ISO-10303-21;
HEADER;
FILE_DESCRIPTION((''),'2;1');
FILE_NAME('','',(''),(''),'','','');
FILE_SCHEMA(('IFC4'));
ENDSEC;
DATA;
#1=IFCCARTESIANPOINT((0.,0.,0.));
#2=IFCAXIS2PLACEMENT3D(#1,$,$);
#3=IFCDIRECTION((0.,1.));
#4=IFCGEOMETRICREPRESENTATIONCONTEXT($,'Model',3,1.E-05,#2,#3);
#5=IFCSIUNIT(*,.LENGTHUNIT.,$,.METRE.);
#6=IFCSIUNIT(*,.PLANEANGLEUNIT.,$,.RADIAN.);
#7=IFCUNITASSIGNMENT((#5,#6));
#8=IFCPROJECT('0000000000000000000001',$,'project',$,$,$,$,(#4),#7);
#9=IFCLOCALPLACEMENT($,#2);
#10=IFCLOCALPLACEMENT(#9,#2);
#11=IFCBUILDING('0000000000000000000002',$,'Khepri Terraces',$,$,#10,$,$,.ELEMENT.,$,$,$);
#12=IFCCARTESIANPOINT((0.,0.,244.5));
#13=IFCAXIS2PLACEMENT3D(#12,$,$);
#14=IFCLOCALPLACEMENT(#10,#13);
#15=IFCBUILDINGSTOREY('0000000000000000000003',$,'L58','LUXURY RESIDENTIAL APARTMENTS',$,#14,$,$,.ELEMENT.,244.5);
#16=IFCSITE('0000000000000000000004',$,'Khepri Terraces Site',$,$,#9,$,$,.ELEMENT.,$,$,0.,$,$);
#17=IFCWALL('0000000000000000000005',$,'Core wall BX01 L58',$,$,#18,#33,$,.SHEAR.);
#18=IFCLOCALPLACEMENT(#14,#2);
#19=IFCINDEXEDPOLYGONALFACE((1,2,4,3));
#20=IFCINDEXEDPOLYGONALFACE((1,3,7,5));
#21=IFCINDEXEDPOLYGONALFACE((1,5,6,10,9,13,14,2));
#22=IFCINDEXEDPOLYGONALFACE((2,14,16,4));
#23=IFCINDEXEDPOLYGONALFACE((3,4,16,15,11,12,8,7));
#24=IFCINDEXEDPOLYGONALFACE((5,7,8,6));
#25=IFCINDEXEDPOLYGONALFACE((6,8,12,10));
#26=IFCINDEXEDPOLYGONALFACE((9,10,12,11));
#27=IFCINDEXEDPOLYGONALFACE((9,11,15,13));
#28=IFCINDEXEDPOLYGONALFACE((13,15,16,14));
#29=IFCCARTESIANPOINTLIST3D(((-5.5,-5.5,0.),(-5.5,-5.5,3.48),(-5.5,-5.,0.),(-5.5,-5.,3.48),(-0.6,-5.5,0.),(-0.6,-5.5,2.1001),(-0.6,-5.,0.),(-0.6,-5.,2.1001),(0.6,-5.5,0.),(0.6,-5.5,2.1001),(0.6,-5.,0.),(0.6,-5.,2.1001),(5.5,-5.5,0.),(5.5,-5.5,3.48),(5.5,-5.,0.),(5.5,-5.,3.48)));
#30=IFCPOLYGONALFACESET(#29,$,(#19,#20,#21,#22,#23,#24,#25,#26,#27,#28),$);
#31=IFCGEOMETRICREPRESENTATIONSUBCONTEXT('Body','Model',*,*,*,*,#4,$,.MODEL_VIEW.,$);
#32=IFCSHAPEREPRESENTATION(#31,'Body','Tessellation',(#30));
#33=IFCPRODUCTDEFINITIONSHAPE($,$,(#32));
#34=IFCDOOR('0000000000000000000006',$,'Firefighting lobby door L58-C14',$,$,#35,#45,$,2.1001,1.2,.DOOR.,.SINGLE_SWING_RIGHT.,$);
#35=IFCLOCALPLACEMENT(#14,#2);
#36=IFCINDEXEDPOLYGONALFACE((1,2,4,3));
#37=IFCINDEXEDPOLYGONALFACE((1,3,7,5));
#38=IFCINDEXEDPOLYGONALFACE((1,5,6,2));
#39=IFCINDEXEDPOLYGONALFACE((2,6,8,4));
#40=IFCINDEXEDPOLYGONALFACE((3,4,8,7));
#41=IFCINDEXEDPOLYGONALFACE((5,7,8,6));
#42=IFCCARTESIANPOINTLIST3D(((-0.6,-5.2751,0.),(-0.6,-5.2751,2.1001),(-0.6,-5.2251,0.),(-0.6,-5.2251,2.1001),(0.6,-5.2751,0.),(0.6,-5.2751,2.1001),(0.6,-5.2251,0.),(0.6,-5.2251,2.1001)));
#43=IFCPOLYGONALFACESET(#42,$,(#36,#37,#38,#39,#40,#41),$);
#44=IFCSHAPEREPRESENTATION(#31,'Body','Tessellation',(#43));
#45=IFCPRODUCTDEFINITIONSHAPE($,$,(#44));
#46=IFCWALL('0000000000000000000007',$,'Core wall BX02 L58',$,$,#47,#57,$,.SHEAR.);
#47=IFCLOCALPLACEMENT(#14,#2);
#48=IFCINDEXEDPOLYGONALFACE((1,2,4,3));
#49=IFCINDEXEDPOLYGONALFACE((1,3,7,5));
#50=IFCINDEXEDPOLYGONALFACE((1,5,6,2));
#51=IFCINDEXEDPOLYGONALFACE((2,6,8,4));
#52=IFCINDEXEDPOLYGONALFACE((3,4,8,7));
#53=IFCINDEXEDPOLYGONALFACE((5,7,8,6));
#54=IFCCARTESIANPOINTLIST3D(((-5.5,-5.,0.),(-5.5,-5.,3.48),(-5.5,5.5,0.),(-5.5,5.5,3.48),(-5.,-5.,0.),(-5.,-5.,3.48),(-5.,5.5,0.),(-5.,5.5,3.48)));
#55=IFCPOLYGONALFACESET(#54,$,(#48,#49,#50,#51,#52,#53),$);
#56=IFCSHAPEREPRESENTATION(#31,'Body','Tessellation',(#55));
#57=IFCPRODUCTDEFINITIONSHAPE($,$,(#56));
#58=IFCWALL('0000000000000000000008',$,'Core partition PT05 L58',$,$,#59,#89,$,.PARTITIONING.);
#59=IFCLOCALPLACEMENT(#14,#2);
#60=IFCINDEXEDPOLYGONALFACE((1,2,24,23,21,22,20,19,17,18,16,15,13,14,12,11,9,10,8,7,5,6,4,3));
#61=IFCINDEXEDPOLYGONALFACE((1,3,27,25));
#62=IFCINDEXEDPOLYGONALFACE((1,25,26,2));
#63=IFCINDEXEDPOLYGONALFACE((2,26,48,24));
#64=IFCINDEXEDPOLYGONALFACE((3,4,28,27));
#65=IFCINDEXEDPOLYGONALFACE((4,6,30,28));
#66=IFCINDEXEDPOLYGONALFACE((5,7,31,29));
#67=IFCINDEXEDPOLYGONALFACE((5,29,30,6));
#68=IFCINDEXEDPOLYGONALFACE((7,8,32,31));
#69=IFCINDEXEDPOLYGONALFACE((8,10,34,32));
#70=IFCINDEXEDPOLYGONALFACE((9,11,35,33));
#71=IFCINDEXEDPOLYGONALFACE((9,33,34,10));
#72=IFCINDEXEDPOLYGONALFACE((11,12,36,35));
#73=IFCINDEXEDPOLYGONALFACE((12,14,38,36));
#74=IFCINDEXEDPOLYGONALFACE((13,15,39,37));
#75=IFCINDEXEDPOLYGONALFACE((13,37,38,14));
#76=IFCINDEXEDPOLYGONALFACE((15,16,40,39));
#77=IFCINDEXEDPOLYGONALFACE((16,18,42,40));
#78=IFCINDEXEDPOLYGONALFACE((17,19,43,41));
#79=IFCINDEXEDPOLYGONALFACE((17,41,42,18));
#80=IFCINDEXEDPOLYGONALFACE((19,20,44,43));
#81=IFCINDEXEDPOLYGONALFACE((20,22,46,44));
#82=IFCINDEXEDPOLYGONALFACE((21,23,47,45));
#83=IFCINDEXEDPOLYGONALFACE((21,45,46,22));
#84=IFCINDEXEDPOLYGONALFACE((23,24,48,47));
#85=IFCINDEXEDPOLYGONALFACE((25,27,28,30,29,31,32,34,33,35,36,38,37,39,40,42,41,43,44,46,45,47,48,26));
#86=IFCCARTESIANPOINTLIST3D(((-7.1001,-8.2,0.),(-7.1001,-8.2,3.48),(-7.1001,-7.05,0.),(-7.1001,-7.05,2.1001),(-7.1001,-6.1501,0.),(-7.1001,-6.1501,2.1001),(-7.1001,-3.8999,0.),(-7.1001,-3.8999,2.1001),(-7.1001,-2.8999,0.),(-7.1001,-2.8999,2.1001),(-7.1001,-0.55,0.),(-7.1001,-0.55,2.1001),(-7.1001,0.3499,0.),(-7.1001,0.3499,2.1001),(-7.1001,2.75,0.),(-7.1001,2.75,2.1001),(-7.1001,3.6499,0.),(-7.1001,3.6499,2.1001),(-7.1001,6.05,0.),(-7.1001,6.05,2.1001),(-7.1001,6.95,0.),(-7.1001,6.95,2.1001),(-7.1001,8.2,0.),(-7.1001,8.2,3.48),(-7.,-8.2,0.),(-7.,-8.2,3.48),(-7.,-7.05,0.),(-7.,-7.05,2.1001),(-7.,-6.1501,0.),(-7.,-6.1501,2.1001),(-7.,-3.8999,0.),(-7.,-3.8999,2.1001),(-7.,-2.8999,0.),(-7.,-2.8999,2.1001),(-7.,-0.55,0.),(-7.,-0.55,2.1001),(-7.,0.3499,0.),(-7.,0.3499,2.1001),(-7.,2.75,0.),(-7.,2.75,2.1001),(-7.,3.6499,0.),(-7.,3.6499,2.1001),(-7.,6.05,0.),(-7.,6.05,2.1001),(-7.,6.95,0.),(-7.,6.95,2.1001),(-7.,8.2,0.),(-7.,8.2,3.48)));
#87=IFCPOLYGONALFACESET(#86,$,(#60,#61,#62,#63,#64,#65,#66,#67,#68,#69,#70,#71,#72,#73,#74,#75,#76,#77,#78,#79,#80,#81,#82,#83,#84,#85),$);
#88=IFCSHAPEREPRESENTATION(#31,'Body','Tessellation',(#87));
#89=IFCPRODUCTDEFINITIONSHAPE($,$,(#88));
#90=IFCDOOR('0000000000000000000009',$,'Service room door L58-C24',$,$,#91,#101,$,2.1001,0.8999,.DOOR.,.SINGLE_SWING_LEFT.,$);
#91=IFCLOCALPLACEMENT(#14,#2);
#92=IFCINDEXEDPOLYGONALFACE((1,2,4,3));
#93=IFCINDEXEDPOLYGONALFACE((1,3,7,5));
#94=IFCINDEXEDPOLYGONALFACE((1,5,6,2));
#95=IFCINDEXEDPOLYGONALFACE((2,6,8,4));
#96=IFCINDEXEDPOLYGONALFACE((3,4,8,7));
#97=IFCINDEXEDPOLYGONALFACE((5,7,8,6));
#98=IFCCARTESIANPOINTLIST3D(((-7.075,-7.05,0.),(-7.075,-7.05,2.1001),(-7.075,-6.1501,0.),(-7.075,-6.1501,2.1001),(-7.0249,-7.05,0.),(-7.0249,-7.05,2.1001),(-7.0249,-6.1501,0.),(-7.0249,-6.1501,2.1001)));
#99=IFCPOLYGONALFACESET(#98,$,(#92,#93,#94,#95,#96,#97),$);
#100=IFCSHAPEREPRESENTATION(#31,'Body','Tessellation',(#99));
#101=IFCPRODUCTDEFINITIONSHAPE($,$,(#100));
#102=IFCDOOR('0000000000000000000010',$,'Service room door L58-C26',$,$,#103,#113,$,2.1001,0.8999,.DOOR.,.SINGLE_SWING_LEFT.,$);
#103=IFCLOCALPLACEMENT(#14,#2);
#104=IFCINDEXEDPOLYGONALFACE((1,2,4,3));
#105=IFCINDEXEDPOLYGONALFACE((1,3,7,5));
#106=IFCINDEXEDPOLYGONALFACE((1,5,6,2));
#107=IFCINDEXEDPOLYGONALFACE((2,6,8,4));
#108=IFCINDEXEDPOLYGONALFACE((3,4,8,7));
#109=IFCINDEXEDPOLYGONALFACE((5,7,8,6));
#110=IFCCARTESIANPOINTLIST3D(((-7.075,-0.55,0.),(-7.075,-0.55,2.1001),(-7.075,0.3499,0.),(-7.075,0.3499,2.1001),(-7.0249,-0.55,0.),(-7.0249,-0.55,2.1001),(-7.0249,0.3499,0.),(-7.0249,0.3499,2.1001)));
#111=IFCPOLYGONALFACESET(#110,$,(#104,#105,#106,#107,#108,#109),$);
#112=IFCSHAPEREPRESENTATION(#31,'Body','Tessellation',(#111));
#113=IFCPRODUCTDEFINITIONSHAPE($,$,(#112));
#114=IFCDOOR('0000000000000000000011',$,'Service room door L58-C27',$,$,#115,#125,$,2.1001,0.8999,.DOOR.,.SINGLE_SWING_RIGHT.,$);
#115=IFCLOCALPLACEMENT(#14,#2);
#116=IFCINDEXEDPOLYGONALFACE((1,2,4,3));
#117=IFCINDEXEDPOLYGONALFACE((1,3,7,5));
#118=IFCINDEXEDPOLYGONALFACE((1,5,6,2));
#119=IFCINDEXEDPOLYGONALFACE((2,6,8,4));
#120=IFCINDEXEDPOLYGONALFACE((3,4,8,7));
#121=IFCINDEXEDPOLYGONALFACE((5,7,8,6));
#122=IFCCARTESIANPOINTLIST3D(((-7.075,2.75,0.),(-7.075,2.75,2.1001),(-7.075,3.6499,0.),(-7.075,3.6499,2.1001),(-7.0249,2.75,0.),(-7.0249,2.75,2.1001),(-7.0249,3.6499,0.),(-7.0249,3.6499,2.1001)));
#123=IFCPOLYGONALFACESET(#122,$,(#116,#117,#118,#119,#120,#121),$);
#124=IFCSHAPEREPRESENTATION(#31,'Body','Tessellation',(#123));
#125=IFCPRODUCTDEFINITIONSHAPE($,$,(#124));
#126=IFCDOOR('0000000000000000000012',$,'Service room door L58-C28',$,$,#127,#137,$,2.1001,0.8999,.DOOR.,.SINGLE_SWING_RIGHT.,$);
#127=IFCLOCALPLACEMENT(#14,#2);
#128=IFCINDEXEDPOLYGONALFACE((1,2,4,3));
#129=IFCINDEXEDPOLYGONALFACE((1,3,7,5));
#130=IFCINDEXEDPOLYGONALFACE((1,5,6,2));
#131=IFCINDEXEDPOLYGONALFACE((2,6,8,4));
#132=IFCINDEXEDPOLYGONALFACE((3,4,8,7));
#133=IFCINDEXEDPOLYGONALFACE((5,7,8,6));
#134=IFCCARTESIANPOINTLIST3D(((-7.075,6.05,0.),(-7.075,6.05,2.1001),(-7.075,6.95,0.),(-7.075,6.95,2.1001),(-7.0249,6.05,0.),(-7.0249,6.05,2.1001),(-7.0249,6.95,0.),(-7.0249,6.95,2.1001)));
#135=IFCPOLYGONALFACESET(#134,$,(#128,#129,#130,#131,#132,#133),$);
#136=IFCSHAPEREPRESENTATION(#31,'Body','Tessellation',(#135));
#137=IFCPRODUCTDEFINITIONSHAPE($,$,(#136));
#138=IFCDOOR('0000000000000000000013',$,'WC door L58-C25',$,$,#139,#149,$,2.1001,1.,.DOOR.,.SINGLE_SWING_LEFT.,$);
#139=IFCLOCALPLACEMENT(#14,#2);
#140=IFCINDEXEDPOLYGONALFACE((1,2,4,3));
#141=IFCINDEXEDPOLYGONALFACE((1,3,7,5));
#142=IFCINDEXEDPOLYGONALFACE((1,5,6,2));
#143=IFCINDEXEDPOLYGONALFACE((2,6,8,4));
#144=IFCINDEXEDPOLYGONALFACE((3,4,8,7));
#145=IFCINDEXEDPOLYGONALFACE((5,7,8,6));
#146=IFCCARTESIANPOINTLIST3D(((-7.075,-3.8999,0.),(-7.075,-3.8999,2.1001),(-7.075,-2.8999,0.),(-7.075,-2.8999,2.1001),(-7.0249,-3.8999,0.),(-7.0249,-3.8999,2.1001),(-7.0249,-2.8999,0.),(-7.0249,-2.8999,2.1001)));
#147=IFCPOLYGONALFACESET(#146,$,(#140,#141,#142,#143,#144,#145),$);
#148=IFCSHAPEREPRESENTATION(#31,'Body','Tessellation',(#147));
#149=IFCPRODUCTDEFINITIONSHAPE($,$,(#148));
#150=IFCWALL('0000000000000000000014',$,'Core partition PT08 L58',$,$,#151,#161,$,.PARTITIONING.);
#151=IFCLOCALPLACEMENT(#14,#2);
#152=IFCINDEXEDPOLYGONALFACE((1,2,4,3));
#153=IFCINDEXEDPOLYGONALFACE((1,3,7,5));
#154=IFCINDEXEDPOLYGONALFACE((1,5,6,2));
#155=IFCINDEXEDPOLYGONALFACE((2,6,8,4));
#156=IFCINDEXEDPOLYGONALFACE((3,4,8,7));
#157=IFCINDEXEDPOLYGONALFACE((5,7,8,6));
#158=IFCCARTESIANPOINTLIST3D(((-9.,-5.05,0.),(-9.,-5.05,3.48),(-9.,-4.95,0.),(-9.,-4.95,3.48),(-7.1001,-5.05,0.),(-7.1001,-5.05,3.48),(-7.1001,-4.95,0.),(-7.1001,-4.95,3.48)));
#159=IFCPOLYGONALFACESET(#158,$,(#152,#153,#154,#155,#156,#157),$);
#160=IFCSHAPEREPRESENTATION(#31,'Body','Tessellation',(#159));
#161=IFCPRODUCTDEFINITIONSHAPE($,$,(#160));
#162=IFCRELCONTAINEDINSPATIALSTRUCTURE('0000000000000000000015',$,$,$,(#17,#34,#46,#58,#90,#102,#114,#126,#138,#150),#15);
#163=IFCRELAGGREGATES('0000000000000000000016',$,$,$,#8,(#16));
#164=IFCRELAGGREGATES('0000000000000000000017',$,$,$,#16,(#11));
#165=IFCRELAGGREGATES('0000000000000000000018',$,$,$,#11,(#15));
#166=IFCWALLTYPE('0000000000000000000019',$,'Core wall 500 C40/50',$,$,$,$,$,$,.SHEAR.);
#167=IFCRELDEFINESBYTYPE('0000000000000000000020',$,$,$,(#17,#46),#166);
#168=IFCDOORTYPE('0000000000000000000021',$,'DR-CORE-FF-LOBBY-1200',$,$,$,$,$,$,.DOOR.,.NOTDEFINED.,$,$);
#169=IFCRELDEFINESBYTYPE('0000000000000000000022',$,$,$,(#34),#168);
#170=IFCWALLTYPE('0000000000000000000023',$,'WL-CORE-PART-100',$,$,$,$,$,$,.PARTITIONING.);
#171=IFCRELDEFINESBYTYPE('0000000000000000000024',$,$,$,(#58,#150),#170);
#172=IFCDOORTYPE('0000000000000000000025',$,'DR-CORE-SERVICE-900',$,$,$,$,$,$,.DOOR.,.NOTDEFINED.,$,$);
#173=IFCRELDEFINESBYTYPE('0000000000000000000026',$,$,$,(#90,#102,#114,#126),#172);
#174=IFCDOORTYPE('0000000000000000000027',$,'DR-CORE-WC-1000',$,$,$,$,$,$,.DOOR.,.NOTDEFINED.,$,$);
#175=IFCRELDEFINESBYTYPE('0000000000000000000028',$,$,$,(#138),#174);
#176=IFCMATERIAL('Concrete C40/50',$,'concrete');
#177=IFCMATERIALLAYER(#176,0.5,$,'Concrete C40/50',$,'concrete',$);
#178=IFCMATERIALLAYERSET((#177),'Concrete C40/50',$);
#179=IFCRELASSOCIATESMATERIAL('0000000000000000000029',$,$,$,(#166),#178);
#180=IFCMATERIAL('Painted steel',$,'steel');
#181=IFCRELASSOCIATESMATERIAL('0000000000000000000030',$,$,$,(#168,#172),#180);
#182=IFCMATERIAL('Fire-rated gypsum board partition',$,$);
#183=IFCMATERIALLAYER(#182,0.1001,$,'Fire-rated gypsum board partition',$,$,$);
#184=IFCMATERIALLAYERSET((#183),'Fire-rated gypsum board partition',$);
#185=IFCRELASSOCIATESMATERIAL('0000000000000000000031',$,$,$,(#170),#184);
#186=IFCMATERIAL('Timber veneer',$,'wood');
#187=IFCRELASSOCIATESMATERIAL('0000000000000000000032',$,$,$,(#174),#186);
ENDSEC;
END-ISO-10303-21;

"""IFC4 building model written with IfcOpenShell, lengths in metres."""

from ifc_helpers import new_model, si_unit, direction, frame, frame_2d, origin, place, context, subcontext, project, spatial, rectangle, extrude, material, layer, layer_set, type_object, element, fill, save


model = new_model("IFC4")

# Units and contexts
model_context = context("Model", 3, precision=1e-05, world=origin(), true_north=direction((0.0, 1.0)))
body_context = subcontext(model_context, "Body", "Model", "MODEL_VIEW")
ifc_project = project(units=[si_unit("LENGTHUNIT", "METRE"), si_unit("PLANEANGLEUNIT", "RADIAN")], contexts=[model_context])

# Site, building, storey
site_placement = place(None, origin())
site = spatial("IfcSite", under=ifc_project, at=site_placement, Name="Khepri Terraces Site", CompositionType="ELEMENT", RefElevation=0.0)
building_placement = place(site_placement, origin())
building = spatial("IfcBuilding", under=site, at=building_placement, Name="Khepri Terraces", CompositionType="ELEMENT")
storey_placement = place(building_placement, frame((0.0, 0.0, 244.5)))
storey = spatial("IfcBuildingStorey", under=building, at=storey_placement, Name="L58", Description="LUXURY RESIDENTIAL APARTMENTS", CompositionType="ELEMENT", Elevation=244.5)

# Shared definitions
ifc_material_1 = material(Name="Concrete C40/50", Category="concrete")

# Shared definitions
ifc_material_2 = material(Name="Painted steel", Category="steel")

# Wall, opening, door
ifc_layer_1 = layer(ifc_material_1, 0.5, Name="Concrete C40/50", Category="concrete")
ifc_layer_set_1 = layer_set([ifc_layer_1], Name="Concrete C40/50")
wall_type_1 = type_object("IfcWallType", Name="Core wall 500 C40/50", PredefinedType="SHEAR", material=ifc_layer_set_1)
wall_1_placement = place(storey_placement, frame((-5.5, -5.25, 0.0), z_axis=(0.0, 0.0, 1.0), x_axis=(1.0, 0.0, 0.0)))
wall_1 = element("IfcWall", 1, at=wall_1_placement, inside=storey, type_object=wall_type_1, Name="Core wall BX01 L58", PredefinedType="SHEAR", context=body_context, shape_type="SweptSolid", body=[
    extrude(rectangle(XDim=11.0, YDim=0.5, at=frame_2d((5.5, 0.0))), origin(), (0.0, 0.0, 1.0), 3.48),
])
opening_1_placement = place(wall_1_placement, frame((4.8999, 0.0, 0.0)))
opening_1 = element("IfcOpeningElement", 2, at=opening_1_placement, cuts=wall_1, PredefinedType="OPENING", context=body_context, shape_type="SweptSolid", body=[
    extrude(rectangle(XDim=1.2, YDim=2.1001, at=frame_2d((0.6001, 1.05))), frame((0.0, 0.26, 0.0), z_axis=(0.0, -1.0, 0.0), x_axis=(1.0, 0.0, 0.0)), (0.0, 0.0, 1.0), 0.52),
])
door_type_1 = type_object("IfcDoorType", Name="DR-CORE-FF-LOBBY-1200", OperationType="NOTDEFINED", PredefinedType="DOOR", material=ifc_material_2)
door_1_placement = place(opening_1_placement, origin())
door_1 = element("IfcDoor", 3, at=door_1_placement, inside=storey, type_object=door_type_1, Name="Firefighting lobby door L58-C14", OperationType="SINGLE_SWING_RIGHT", OverallHeight=2.1001, OverallWidth=1.2, PredefinedType="DOOR", context=body_context, shape_type="SweptSolid", body=[
    extrude(rectangle(XDim=1.2, YDim=2.1001, at=frame_2d((0.6001, 1.05))), frame((0.0, 0.0249, 0.0), z_axis=(0.0, -1.0, 0.0), x_axis=(1.0, 0.0, 0.0)), (0.0, 0.0, 1.0), 0.05),
])
fill(opening_1, door_1)

# Wall
wall_2_placement = place(storey_placement, frame((-5.25, -5.0, 0.0), z_axis=(0.0, 0.0, 1.0), x_axis=(0.0, 1.0, 0.0)))
element("IfcWall", 4, at=wall_2_placement, inside=storey, type_object=wall_type_1, Name="Core wall BX02 L58", PredefinedType="SHEAR", context=body_context, shape_type="SweptSolid", body=[
    extrude(rectangle(XDim=10.5, YDim=0.5, at=frame_2d((5.25, 0.0))), origin(), (0.0, 0.0, 1.0), 3.48),
])

# Wall, openings, doors
ifc_material_3 = material(Name="Fire-rated gypsum board partition")
ifc_layer_2 = layer(ifc_material_3, 0.1001, Name="Fire-rated gypsum board partition")
ifc_layer_set_2 = layer_set([ifc_layer_2], Name="Fire-rated gypsum board partition")
wall_type_2 = type_object("IfcWallType", Name="WL-CORE-PART-100", PredefinedType="PARTITIONING", material=ifc_layer_set_2)
wall_3_placement = place(storey_placement, frame((-7.05, -8.2, 0.0), z_axis=(0.0, 0.0, 1.0), x_axis=(0.0, 1.0, 0.0)))
wall_3 = element("IfcWall", 5, at=wall_3_placement, inside=storey, type_object=wall_type_2, Name="Core partition PT05 L58", PredefinedType="PARTITIONING", context=body_context, shape_type="SweptSolid", body=[
    extrude(rectangle(XDim=16.3999, YDim=0.1001, at=frame_2d((8.2, 0.0))), origin(), (0.0, 0.0, 1.0), 3.48),
])
opening_2_placement = place(wall_3_placement, frame((1.1499, 0.0, 0.0)))
opening_2 = element("IfcOpeningElement", 6, at=opening_2_placement, cuts=wall_3, PredefinedType="OPENING", context=body_context, shape_type="SweptSolid", body=[
    extrude(rectangle(XDim=0.8999, YDim=2.1001, at=frame_2d((0.45, 1.05))), frame((0.0, 0.0601, 0.0), z_axis=(0.0, -1.0, 0.0), x_axis=(1.0, 0.0, 0.0)), (0.0, 0.0, 1.0), 0.1201),
])
opening_3_placement = place(wall_3_placement, frame((4.3, 0.0, 0.0)))
opening_3 = element("IfcOpeningElement", 7, at=opening_3_placement, cuts=wall_3, PredefinedType="OPENING", context=body_context, shape_type="SweptSolid", body=[
    extrude(rectangle(XDim=1.0, YDim=2.1001, at=frame_2d((0.5, 1.05))), frame((0.0, 0.0601, 0.0), z_axis=(0.0, -1.0, 0.0), x_axis=(1.0, 0.0, 0.0)), (0.0, 0.0, 1.0), 0.1201),
])
opening_4_placement = place(wall_3_placement, frame((7.6499, 0.0, 0.0)))
opening_4 = element("IfcOpeningElement", 8, at=opening_4_placement, cuts=wall_3, PredefinedType="OPENING", context=body_context, shape_type="SweptSolid", body=[
    extrude(rectangle(XDim=0.8999, YDim=2.1001, at=frame_2d((0.45, 1.05))), frame((0.0, 0.0601, 0.0), z_axis=(0.0, -1.0, 0.0), x_axis=(1.0, 0.0, 0.0)), (0.0, 0.0, 1.0), 0.1201),
])
opening_5_placement = place(wall_3_placement, frame((10.95, 0.0, 0.0)))
opening_5 = element("IfcOpeningElement", 9, at=opening_5_placement, cuts=wall_3, PredefinedType="OPENING", context=body_context, shape_type="SweptSolid", body=[
    extrude(rectangle(XDim=0.8999, YDim=2.1001, at=frame_2d((0.45, 1.05))), frame((0.0, 0.0601, 0.0), z_axis=(0.0, -1.0, 0.0), x_axis=(1.0, 0.0, 0.0)), (0.0, 0.0, 1.0), 0.1201),
])
opening_6_placement = place(wall_3_placement, frame((14.25, 0.0, 0.0)))
opening_6 = element("IfcOpeningElement", 10, at=opening_6_placement, cuts=wall_3, PredefinedType="OPENING", context=body_context, shape_type="SweptSolid", body=[
    extrude(rectangle(XDim=0.8999, YDim=2.1001, at=frame_2d((0.45, 1.05))), frame((0.0, 0.0601, 0.0), z_axis=(0.0, -1.0, 0.0), x_axis=(1.0, 0.0, 0.0)), (0.0, 0.0, 1.0), 0.1201),
])
door_type_2 = type_object("IfcDoorType", Name="DR-CORE-SERVICE-900", OperationType="NOTDEFINED", PredefinedType="DOOR", material=ifc_material_2)
door_2_placement = place(opening_2_placement, origin())
door_2 = element("IfcDoor", 11, at=door_2_placement, inside=storey, type_object=door_type_2, Name="Service room door L58-C24", OperationType="SINGLE_SWING_LEFT", OverallHeight=2.1001, OverallWidth=0.8999, PredefinedType="DOOR", context=body_context, shape_type="SweptSolid", body=[
    extrude(rectangle(XDim=0.8999, YDim=2.1001, at=frame_2d((0.45, 1.05))), frame((0.0, 0.0249, 0.0), z_axis=(0.0, -1.0, 0.0), x_axis=(1.0, 0.0, 0.0)), (0.0, 0.0, 1.0), 0.05),
])
fill(opening_2, door_2)
door_3_placement = place(opening_4_placement, origin())
door_3 = element("IfcDoor", 12, at=door_3_placement, inside=storey, type_object=door_type_2, Name="Service room door L58-C26", OperationType="SINGLE_SWING_LEFT", OverallHeight=2.1001, OverallWidth=0.8999, PredefinedType="DOOR", context=body_context, shape_type="SweptSolid", body=[
    extrude(rectangle(XDim=0.8999, YDim=2.1001, at=frame_2d((0.45, 1.05))), frame((0.0, 0.0249, 0.0), z_axis=(0.0, -1.0, 0.0), x_axis=(1.0, 0.0, 0.0)), (0.0, 0.0, 1.0), 0.05),
])
fill(opening_4, door_3)
door_4_placement = place(opening_5_placement, origin())
door_4 = element("IfcDoor", 13, at=door_4_placement, inside=storey, type_object=door_type_2, Name="Service room door L58-C27", OperationType="SINGLE_SWING_RIGHT", OverallHeight=2.1001, OverallWidth=0.8999, PredefinedType="DOOR", context=body_context, shape_type="SweptSolid", body=[
    extrude(rectangle(XDim=0.8999, YDim=2.1001, at=frame_2d((0.45, 1.05))), frame((0.0, 0.0249, 0.0), z_axis=(0.0, -1.0, 0.0), x_axis=(1.0, 0.0, 0.0)), (0.0, 0.0, 1.0), 0.05),
])
fill(opening_5, door_4)
door_5_placement = place(opening_6_placement, origin())
door_5 = element("IfcDoor", 14, at=door_5_placement, inside=storey, type_object=door_type_2, Name="Service room door L58-C28", OperationType="SINGLE_SWING_RIGHT", OverallHeight=2.1001, OverallWidth=0.8999, PredefinedType="DOOR", context=body_context, shape_type="SweptSolid", body=[
    extrude(rectangle(XDim=0.8999, YDim=2.1001, at=frame_2d((0.45, 1.05))), frame((0.0, 0.0249, 0.0), z_axis=(0.0, -1.0, 0.0), x_axis=(1.0, 0.0, 0.0)), (0.0, 0.0, 1.0), 0.05),
])
fill(opening_6, door_5)
ifc_material_4 = material(Name="Timber veneer", Category="wood")
door_type_3 = type_object("IfcDoorType", Name="DR-CORE-WC-1000", OperationType="NOTDEFINED", PredefinedType="DOOR", material=ifc_material_4)
door_6_placement = place(opening_3_placement, origin())
door_6 = element("IfcDoor", 15, at=door_6_placement, inside=storey, type_object=door_type_3, Name="WC door L58-C25", OperationType="SINGLE_SWING_LEFT", OverallHeight=2.1001, OverallWidth=1.0, PredefinedType="DOOR", context=body_context, shape_type="SweptSolid", body=[
    extrude(rectangle(XDim=1.0, YDim=2.1001, at=frame_2d((0.5, 1.05))), frame((0.0, 0.0249, 0.0), z_axis=(0.0, -1.0, 0.0), x_axis=(1.0, 0.0, 0.0)), (0.0, 0.0, 1.0), 0.05),
])
fill(opening_3, door_6)

# Wall
for number, where, z_axis, x_axis, name in (
    (16, (-9.0, -5.0, 0.0), (0.0, 0.0, 1.0), (1.0, 0.0, 0.0), "Core partition PT08 L58"),
):
    element("IfcWall", number, at=place(storey_placement, frame(where, z_axis=z_axis, x_axis=x_axis)), inside=storey, type_object=wall_type_2, Name=name, PredefinedType="PARTITIONING", context=body_context, shape_type="SweptSolid", body=[
        extrude(rectangle(XDim=1.8999, YDim=0.1001, at=frame_2d((0.95, 0.0))), origin(), (0.0, 0.0, 1.0), 3.48),
    ])

save(model, "model.ifc")
